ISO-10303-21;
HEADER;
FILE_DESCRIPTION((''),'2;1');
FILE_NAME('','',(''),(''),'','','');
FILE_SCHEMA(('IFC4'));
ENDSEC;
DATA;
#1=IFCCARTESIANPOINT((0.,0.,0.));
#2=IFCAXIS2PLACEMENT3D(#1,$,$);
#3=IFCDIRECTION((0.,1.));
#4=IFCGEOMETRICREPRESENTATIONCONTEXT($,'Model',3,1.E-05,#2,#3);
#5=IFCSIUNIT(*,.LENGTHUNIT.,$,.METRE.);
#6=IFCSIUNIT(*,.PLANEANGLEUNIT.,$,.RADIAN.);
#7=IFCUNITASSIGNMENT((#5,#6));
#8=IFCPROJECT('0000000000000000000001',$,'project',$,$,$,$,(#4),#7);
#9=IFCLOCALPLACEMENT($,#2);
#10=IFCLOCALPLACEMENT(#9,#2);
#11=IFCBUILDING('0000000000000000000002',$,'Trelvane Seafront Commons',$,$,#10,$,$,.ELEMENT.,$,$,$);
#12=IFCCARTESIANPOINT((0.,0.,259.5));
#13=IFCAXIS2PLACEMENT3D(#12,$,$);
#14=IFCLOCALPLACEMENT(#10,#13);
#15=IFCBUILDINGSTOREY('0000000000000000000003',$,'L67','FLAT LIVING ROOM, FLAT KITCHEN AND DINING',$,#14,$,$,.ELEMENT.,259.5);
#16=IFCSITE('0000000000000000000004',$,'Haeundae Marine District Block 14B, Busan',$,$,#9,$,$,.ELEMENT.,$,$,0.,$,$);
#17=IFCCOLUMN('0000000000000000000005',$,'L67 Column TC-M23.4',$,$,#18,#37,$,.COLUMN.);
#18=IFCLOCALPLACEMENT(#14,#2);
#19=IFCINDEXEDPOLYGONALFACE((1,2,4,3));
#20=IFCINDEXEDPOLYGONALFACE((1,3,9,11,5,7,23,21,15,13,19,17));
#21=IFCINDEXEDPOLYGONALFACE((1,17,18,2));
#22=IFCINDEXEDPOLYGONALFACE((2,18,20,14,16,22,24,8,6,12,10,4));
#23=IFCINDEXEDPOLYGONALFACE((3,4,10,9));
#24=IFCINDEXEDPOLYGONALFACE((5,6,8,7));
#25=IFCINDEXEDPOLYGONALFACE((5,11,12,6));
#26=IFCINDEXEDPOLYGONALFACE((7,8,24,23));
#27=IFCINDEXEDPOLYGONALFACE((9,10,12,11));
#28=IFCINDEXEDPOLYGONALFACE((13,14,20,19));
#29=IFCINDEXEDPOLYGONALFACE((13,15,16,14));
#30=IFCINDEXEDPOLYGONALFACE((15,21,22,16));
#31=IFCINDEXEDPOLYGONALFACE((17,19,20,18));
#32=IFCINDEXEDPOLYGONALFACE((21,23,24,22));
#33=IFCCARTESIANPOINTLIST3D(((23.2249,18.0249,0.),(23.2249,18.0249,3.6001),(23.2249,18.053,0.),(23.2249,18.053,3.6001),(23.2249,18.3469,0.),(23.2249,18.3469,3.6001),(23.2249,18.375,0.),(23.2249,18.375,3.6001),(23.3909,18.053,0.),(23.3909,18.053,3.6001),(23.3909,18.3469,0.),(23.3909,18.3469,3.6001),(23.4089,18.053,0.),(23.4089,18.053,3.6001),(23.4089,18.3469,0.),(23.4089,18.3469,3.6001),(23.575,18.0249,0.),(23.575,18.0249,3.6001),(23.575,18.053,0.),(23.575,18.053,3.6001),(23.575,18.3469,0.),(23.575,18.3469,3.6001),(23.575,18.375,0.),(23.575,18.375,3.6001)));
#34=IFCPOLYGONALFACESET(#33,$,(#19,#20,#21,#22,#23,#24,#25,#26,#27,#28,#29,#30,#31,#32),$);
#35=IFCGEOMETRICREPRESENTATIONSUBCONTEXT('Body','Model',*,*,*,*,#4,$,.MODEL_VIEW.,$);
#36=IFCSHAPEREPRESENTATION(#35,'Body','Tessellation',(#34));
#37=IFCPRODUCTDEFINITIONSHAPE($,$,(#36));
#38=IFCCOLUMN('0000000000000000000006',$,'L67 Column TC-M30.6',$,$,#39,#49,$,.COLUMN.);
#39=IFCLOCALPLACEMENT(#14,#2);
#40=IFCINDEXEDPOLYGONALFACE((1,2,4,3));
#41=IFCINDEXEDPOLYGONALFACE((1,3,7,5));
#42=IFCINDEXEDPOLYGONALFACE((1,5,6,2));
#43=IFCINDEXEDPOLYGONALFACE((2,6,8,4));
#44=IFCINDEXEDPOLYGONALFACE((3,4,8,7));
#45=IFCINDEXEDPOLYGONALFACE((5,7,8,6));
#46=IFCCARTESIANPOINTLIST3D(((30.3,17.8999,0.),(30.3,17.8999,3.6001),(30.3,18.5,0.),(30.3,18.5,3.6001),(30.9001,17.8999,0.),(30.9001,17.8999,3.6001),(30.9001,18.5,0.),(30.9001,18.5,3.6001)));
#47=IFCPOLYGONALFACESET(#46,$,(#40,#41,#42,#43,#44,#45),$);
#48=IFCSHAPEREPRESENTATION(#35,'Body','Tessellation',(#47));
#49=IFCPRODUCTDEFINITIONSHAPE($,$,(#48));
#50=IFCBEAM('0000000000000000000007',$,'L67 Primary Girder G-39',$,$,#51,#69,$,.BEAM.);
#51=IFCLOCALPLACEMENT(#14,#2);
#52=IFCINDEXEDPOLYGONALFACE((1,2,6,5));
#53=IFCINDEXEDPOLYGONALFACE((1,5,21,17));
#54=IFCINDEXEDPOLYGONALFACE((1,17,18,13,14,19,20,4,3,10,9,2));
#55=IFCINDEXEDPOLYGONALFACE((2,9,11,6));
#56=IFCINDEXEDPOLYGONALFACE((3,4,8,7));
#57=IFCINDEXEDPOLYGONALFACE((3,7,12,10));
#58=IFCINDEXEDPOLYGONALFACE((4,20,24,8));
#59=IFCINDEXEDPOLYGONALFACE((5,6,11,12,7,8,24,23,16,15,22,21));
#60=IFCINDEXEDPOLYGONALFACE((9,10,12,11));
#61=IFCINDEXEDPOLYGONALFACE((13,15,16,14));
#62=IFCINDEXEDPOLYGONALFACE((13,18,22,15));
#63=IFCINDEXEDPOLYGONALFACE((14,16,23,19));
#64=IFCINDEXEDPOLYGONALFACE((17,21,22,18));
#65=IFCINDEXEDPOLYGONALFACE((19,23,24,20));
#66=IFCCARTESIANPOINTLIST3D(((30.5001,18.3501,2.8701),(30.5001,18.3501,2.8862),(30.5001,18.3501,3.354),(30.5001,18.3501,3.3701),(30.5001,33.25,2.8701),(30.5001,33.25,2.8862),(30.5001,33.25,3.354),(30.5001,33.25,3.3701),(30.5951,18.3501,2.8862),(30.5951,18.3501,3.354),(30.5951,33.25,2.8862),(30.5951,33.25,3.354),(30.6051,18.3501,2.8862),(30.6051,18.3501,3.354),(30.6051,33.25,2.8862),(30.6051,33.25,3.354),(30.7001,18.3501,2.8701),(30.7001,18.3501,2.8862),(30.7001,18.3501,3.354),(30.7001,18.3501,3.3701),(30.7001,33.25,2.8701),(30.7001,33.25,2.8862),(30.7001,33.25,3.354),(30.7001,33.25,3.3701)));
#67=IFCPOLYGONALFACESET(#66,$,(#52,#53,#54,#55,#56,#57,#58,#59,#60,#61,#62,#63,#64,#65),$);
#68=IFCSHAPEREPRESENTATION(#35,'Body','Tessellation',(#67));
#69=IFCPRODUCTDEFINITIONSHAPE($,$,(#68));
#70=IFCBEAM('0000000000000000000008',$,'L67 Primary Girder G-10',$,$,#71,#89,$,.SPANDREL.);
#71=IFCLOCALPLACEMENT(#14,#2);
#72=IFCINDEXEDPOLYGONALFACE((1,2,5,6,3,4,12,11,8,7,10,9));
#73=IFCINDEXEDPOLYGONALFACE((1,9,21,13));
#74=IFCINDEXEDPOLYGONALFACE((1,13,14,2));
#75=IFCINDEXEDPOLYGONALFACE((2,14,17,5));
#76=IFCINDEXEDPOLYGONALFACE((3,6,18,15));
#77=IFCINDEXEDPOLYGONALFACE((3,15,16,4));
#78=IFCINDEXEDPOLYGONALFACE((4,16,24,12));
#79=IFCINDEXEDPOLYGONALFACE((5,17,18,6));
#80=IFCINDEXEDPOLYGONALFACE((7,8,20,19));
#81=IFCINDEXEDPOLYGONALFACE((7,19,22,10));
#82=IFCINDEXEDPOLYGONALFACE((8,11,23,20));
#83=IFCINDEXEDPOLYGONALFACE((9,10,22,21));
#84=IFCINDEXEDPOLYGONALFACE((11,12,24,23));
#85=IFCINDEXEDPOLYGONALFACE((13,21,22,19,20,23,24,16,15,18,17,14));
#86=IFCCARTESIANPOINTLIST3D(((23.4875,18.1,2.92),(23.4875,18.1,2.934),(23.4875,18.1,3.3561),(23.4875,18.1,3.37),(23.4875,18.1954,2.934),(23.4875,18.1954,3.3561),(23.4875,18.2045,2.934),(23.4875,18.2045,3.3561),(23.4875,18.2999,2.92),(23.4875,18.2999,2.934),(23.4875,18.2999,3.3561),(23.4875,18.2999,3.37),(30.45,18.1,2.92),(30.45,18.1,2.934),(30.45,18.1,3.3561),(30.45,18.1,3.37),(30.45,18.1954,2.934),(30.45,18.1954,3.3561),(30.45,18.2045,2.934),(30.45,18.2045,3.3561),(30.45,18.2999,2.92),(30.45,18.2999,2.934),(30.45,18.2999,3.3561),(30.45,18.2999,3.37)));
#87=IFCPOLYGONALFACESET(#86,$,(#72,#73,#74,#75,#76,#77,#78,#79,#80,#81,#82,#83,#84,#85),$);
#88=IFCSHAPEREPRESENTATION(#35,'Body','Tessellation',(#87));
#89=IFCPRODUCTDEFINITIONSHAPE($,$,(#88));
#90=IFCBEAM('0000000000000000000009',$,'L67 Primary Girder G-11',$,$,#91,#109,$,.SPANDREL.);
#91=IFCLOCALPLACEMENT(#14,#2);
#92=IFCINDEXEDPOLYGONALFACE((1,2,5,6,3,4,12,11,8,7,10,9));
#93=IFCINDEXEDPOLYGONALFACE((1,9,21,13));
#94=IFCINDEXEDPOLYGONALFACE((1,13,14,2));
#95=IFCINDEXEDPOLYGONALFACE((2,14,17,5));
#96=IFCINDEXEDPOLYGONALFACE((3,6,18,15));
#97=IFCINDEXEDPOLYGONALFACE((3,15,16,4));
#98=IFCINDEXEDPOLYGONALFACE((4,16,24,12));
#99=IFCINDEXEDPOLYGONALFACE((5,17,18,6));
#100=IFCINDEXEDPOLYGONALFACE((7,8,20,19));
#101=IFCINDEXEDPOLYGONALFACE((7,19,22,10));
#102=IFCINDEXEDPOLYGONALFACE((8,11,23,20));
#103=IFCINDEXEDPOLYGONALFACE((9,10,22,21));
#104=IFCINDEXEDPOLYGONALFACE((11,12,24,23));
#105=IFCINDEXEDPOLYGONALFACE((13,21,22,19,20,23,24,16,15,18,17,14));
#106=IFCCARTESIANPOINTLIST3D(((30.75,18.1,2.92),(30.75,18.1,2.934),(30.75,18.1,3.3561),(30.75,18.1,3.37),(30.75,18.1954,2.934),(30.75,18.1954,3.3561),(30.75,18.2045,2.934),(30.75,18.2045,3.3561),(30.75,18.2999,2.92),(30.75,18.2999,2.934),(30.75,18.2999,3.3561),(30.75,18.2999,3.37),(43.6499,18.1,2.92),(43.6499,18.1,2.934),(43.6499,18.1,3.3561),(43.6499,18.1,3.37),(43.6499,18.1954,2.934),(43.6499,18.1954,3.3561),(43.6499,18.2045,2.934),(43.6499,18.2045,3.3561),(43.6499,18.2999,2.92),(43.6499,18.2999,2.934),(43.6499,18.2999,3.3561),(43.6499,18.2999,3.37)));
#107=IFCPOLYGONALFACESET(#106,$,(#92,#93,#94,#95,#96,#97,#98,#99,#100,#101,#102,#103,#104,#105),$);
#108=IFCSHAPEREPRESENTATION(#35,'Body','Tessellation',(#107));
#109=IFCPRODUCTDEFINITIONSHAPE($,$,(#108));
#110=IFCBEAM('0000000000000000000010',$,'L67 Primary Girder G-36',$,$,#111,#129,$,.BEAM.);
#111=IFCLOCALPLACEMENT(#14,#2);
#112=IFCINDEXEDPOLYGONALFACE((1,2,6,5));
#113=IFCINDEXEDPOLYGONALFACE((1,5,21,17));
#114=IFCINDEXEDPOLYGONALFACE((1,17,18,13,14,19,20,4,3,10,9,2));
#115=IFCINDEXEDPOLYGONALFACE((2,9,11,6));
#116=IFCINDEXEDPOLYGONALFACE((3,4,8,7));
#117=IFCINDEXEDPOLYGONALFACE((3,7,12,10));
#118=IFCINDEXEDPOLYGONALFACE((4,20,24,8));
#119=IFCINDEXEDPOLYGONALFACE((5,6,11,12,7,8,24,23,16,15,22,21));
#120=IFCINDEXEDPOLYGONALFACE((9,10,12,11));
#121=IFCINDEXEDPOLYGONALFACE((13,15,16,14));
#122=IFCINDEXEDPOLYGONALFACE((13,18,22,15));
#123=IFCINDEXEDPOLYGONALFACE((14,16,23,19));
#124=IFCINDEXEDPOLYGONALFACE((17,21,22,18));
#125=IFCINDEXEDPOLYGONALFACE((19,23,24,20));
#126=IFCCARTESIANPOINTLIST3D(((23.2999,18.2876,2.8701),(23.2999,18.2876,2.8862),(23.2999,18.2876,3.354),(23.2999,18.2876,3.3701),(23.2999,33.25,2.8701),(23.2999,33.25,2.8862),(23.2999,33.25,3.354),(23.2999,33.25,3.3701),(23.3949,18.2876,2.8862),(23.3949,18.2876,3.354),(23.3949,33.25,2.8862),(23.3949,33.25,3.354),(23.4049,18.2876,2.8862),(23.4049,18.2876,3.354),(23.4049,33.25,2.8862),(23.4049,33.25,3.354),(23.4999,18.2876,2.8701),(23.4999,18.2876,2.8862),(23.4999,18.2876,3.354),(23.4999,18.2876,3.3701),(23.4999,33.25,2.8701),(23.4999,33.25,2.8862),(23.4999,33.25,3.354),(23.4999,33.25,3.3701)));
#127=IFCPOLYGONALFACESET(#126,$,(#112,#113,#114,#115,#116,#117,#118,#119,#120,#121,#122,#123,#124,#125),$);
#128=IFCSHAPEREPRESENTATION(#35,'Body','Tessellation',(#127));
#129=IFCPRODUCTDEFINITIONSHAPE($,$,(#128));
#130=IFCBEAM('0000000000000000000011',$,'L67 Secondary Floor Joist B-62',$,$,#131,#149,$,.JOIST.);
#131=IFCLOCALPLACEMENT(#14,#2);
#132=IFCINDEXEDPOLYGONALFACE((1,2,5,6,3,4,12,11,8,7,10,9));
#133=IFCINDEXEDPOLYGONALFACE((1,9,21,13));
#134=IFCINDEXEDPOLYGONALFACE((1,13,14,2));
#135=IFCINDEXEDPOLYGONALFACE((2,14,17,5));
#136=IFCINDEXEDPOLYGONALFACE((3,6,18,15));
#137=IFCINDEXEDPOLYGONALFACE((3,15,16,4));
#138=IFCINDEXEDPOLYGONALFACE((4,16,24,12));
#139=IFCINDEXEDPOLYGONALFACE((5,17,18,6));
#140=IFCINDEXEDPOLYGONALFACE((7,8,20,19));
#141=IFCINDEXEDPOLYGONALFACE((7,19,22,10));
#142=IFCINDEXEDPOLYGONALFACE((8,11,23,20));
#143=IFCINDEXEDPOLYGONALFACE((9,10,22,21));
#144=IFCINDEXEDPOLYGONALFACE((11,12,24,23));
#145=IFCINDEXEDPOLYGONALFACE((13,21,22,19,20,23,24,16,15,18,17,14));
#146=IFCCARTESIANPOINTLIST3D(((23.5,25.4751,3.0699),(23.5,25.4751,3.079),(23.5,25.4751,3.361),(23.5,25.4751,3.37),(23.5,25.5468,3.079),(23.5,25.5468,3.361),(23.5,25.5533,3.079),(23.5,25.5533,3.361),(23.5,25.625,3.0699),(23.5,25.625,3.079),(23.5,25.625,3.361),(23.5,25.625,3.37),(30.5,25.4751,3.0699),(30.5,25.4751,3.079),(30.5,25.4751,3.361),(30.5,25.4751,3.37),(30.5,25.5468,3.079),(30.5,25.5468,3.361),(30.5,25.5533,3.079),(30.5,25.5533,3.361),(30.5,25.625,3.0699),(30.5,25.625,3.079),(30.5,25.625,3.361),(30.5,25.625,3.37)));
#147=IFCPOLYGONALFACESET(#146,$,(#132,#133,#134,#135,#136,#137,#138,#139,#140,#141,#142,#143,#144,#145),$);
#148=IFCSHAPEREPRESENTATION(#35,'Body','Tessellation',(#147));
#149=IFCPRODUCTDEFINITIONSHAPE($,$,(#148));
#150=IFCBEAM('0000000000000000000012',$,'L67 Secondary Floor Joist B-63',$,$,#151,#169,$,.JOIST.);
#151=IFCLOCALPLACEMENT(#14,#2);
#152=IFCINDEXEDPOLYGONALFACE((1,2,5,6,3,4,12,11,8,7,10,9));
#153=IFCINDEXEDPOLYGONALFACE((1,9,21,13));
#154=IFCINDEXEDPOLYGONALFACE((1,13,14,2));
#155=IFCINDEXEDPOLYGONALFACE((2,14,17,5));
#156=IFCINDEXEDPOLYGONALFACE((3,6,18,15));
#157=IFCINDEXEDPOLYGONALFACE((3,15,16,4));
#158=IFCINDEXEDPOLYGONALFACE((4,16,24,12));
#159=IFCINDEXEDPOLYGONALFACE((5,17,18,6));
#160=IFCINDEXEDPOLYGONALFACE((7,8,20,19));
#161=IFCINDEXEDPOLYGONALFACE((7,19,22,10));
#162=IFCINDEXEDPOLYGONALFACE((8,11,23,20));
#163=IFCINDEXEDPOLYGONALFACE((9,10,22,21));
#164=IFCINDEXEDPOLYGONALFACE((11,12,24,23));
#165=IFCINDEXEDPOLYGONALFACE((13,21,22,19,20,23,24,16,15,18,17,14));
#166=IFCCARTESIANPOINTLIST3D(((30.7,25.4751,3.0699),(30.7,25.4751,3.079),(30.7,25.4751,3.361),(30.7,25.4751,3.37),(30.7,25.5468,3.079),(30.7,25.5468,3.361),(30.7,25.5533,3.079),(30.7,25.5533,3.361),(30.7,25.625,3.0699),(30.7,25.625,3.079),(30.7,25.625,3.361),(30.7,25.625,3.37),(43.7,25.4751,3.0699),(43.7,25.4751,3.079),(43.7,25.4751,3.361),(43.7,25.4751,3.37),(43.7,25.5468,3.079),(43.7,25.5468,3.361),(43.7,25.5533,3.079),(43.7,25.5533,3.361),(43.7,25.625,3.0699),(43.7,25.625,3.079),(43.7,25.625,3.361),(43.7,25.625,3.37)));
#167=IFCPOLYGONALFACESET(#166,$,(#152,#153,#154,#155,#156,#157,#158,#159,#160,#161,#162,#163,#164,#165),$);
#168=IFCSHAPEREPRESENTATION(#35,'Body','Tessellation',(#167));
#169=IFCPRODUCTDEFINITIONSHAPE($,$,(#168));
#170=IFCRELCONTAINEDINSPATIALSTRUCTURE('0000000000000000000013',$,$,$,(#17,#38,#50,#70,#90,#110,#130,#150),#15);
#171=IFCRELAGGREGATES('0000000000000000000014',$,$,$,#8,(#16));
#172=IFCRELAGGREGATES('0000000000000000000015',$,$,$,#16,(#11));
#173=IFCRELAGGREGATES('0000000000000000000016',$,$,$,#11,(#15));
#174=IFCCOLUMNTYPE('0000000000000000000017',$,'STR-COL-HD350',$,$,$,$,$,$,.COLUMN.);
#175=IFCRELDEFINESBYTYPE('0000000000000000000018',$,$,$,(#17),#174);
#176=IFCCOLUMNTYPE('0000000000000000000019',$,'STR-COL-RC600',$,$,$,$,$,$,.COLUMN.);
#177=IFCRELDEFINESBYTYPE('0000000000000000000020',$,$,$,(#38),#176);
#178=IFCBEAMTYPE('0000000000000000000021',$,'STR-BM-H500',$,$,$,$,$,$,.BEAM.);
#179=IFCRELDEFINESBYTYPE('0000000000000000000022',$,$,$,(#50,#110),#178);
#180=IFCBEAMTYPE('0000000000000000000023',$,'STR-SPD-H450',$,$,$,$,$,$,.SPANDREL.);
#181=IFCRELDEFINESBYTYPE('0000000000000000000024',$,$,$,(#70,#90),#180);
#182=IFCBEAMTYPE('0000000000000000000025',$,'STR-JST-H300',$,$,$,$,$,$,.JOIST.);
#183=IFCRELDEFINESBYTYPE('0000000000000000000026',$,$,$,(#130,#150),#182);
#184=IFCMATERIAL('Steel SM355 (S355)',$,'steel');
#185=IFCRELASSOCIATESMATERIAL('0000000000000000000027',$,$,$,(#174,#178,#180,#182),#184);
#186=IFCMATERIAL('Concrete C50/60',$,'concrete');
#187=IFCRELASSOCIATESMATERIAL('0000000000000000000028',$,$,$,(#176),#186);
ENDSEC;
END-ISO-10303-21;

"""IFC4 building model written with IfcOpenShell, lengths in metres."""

from ifc_helpers import new_model, si_unit, direction, frame, origin, origin_2d, place, context, subcontext, project, spatial, rectangle, i_section, extrude, source, transform, mapped, material, material_profile, profile_set, type_object, element, save


model = new_model("IFC4")

# Units and contexts
model_context = context("Model", 3, precision=1e-05, world=origin(), true_north=direction((0.0, 1.0)))
body_context = subcontext(model_context, "Body", "Model", "MODEL_VIEW")
ifc_project = project(units=[si_unit("LENGTHUNIT", "METRE"), si_unit("PLANEANGLEUNIT", "RADIAN")], contexts=[model_context])

# Site, building, storey
site_placement = place(None, origin())
site = spatial("IfcSite", under=ifc_project, at=site_placement, Name="Haeundae Marine District Block 14B, Busan", CompositionType="ELEMENT", RefElevation=0.0)
building_placement = place(site_placement, origin())
building = spatial("IfcBuilding", under=site, at=building_placement, Name="Trelvane Seafront Commons", CompositionType="ELEMENT")
storey_placement = place(building_placement, frame((0.0, 0.0, 259.5)))
storey = spatial("IfcBuildingStorey", under=building, at=storey_placement, Name="L67", Description="FLAT LIVING ROOM, FLAT KITCHEN AND DINING", CompositionType="ELEMENT", Elevation=259.5)

# Columns
ifc_material_1 = material(Name="Steel SM355 (S355)", Category="steel")
ifc_material_profile_1 = material_profile(ifc_material_1, i_section(OverallWidth=0.3501, OverallDepth=0.3501, WebThickness=0.0181, FlangeThickness=0.0281, at=origin_2d()), Name="HD-350x350x18x28")
ifc_profile_set_1 = profile_set([ifc_material_profile_1], Name="Steel SM355 (S355)")
column_type_1 = type_object("IfcColumnType", Name="STR-COL-HD350", PredefinedType="COLUMN", material=ifc_profile_set_1)
shared_shape_1 = source(origin(), body_context, "Body", "SweptSolid", [
    extrude(i_section(OverallWidth=0.3501, OverallDepth=0.3501, WebThickness=0.0181, FlangeThickness=0.0281, at=origin_2d()), origin(), (0.0, 0.0, 1.0), 3.6001),
])
column_1_placement = place(storey_placement, frame((23.3999, 18.2, 0.0), z_axis=(0.0, 0.0, 1.0), x_axis=(1.0, 0.0, 0.0)))
element("IfcColumn", 1, at=column_1_placement, inside=storey, type_object=column_type_1, Name="L67 Column TC-M23.4", PredefinedType="COLUMN", context=body_context, shape_type="MappedRepresentation", body=[
    mapped(shared_shape_1, transform((0.0, 0.0, 0.0), x_axis=(1.0, 0.0, 0.0), y_axis=(0.0, 1.0, 0.0), z_axis=(0.0, 0.0, 1.0), scale=1.0)),
])
ifc_material_2 = material(Name="Concrete C50/60", Category="concrete")
ifc_material_profile_2 = material_profile(ifc_material_2, rectangle(XDim=0.6001, YDim=0.6001, at=origin_2d()), Name="RC-600x600")
ifc_profile_set_2 = profile_set([ifc_material_profile_2], Name="Concrete C50/60")
column_type_2 = type_object("IfcColumnType", Name="STR-COL-RC600", PredefinedType="COLUMN", material=ifc_profile_set_2)
shared_shape_2 = source(origin(), body_context, "Body", "SweptSolid", [
    extrude(rectangle(XDim=0.6001, YDim=0.6001, at=origin_2d()), origin(), (0.0, 0.0, 1.0), 3.6001),
])
column_2_placement = place(storey_placement, frame((30.6001, 18.2, 0.0), z_axis=(0.0, 0.0, 1.0), x_axis=(1.0, 0.0, 0.0)))
element("IfcColumn", 2, at=column_2_placement, inside=storey, type_object=column_type_2, Name="L67 Column TC-M30.6", PredefinedType="COLUMN", context=body_context, shape_type="MappedRepresentation", body=[
    mapped(shared_shape_2, transform((0.0, 0.0, 0.0), x_axis=(1.0, 0.0, 0.0), y_axis=(0.0, 1.0, 0.0), z_axis=(0.0, 0.0, 1.0), scale=1.0)),
])

# Beams
ifc_material_profile_3 = material_profile(ifc_material_1, i_section(OverallWidth=0.2, OverallDepth=0.5, WebThickness=0.01, FlangeThickness=0.0161, at=origin_2d()), Name="H-500x200x10x16")
ifc_profile_set_3 = profile_set([ifc_material_profile_3], Name="Steel SM355 (S355)")
beam_type_1 = type_object("IfcBeamType", Name="STR-BM-H500", PredefinedType="BEAM", material=ifc_profile_set_3)
shared_shape_3 = source(origin(), body_context, "Body", "SweptSolid", [
    extrude(i_section(OverallWidth=0.2, OverallDepth=0.5, WebThickness=0.01, FlangeThickness=0.0161, at=origin_2d()), origin(), (0.0, 0.0, 1.0), 14.8999),
])
beam_1_placement = place(storey_placement, frame((30.6001, 18.3501, 3.1201), z_axis=(0.0, 1.0, 0.0), x_axis=(-1.0, 0.0, 0.0)))
element("IfcBeam", 3, at=beam_1_placement, inside=storey, type_object=beam_type_1, Name="L67 Primary Girder G-39", PredefinedType="BEAM", context=body_context, shape_type="MappedRepresentation", body=[
    mapped(shared_shape_3, transform((0.0, 0.0, 0.0), x_axis=(1.0, 0.0, 0.0), y_axis=(0.0, 1.0, 0.0), z_axis=(0.0, 0.0, 1.0), scale=1.0)),
])
ifc_material_profile_4 = material_profile(ifc_material_1, i_section(OverallWidth=0.2, OverallDepth=0.45, WebThickness=0.009, FlangeThickness=0.0139, at=origin_2d()), Name="H-450x200x9x14")
ifc_profile_set_4 = profile_set([ifc_material_profile_4], Name="Steel SM355 (S355)")
beam_type_2 = type_object("IfcBeamType", Name="STR-SPD-H450", PredefinedType="SPANDREL", material=ifc_profile_set_4)
shared_shape_4 = source(origin(), body_context, "Body", "SweptSolid", [
    extrude(i_section(OverallWidth=0.2, OverallDepth=0.45, WebThickness=0.009, FlangeThickness=0.0139, at=origin_2d()), origin(), (0.0, 0.0, 1.0), 6.9624),
])
beam_2_placement = place(storey_placement, frame((23.4875, 18.2, 3.145), z_axis=(1.0, 0.0, 0.0), x_axis=(0.0, 1.0, 0.0)))
element("IfcBeam", 4, at=beam_2_placement, inside=storey, type_object=beam_type_2, Name="L67 Primary Girder G-10", PredefinedType="SPANDREL", context=body_context, shape_type="MappedRepresentation", body=[
    mapped(shared_shape_4, transform((0.0, 0.0, 0.0), x_axis=(1.0, 0.0, 0.0), y_axis=(0.0, 1.0, 0.0), z_axis=(0.0, 0.0, 1.0), scale=1.0)),
])
shared_shape_5 = source(origin(), body_context, "Body", "SweptSolid", [
    extrude(i_section(OverallWidth=0.2, OverallDepth=0.45, WebThickness=0.009, FlangeThickness=0.0139, at=origin_2d()), origin(), (0.0, 0.0, 1.0), 12.8999),
])
beam_3_placement = place(storey_placement, frame((30.75, 18.2, 3.145), z_axis=(1.0, 0.0, 0.0), x_axis=(0.0, 1.0, 0.0)))
element("IfcBeam", 5, at=beam_3_placement, inside=storey, type_object=beam_type_2, Name="L67 Primary Girder G-11", PredefinedType="SPANDREL", context=body_context, shape_type="MappedRepresentation", body=[
    mapped(shared_shape_5, transform((0.0, 0.0, 0.0), x_axis=(1.0, 0.0, 0.0), y_axis=(0.0, 1.0, 0.0), z_axis=(0.0, 0.0, 1.0), scale=1.0)),
])
shared_shape_6 = source(origin(), body_context, "Body", "SweptSolid", [
    extrude(i_section(OverallWidth=0.2, OverallDepth=0.5, WebThickness=0.01, FlangeThickness=0.0161, at=origin_2d()), origin(), (0.0, 0.0, 1.0), 14.9624),
])
beam_4_placement = place(storey_placement, frame((23.3999, 18.2876, 3.1201), z_axis=(0.0, 1.0, 0.0), x_axis=(-1.0, 0.0, 0.0)))
element("IfcBeam", 6, at=beam_4_placement, inside=storey, type_object=beam_type_1, Name="L67 Primary Girder G-36", PredefinedType="BEAM", context=body_context, shape_type="MappedRepresentation", body=[
    mapped(shared_shape_6, transform((0.0, 0.0, 0.0), x_axis=(1.0, 0.0, 0.0), y_axis=(0.0, 1.0, 0.0), z_axis=(0.0, 0.0, 1.0), scale=1.0)),
])
ifc_material_profile_5 = material_profile(ifc_material_1, i_section(OverallWidth=0.1499, OverallDepth=0.3, WebThickness=0.0066, FlangeThickness=0.009, at=origin_2d()), Name="H-300x150x6.5x9")
ifc_profile_set_5 = profile_set([ifc_material_profile_5], Name="Steel SM355 (S355)")
beam_type_3 = type_object("IfcBeamType", Name="STR-JST-H300", PredefinedType="JOIST", material=ifc_profile_set_5)
shared_shape_7 = source(origin(), body_context, "Body", "SweptSolid", [
    extrude(i_section(OverallWidth=0.1499, OverallDepth=0.3, WebThickness=0.0066, FlangeThickness=0.009, at=origin_2d()), origin(), (0.0, 0.0, 1.0), 7.0),
])
beam_5_placement = place(storey_placement, frame((23.5, 25.55, 3.22), z_axis=(1.0, 0.0, 0.0), x_axis=(0.0, 1.0, 0.0)))
element("IfcBeam", 7, at=beam_5_placement, inside=storey, type_object=beam_type_3, Name="L67 Secondary Floor Joist B-62", PredefinedType="JOIST", context=body_context, shape_type="MappedRepresentation", body=[
    mapped(shared_shape_7, transform((0.0, 0.0, 0.0), x_axis=(1.0, 0.0, 0.0), y_axis=(0.0, 1.0, 0.0), z_axis=(0.0, 0.0, 1.0), scale=1.0)),
])
shared_shape_8 = source(origin(), body_context, "Body", "SweptSolid", [
    extrude(i_section(OverallWidth=0.1499, OverallDepth=0.3, WebThickness=0.0066, FlangeThickness=0.009, at=origin_2d()), origin(), (0.0, 0.0, 1.0), 13.0),
])
beam_6_placement = place(storey_placement, frame((30.7, 25.55, 3.22), z_axis=(1.0, 0.0, 0.0), x_axis=(0.0, 1.0, 0.0)))
element("IfcBeam", 8, at=beam_6_placement, inside=storey, type_object=beam_type_3, Name="L67 Secondary Floor Joist B-63", PredefinedType="JOIST", context=body_context, shape_type="MappedRepresentation", body=[
    mapped(shared_shape_8, transform((0.0, 0.0, 0.0), x_axis=(1.0, 0.0, 0.0), y_axis=(0.0, 1.0, 0.0), z_axis=(0.0, 0.0, 1.0), scale=1.0)),
])

save(model, "model.ifc")
